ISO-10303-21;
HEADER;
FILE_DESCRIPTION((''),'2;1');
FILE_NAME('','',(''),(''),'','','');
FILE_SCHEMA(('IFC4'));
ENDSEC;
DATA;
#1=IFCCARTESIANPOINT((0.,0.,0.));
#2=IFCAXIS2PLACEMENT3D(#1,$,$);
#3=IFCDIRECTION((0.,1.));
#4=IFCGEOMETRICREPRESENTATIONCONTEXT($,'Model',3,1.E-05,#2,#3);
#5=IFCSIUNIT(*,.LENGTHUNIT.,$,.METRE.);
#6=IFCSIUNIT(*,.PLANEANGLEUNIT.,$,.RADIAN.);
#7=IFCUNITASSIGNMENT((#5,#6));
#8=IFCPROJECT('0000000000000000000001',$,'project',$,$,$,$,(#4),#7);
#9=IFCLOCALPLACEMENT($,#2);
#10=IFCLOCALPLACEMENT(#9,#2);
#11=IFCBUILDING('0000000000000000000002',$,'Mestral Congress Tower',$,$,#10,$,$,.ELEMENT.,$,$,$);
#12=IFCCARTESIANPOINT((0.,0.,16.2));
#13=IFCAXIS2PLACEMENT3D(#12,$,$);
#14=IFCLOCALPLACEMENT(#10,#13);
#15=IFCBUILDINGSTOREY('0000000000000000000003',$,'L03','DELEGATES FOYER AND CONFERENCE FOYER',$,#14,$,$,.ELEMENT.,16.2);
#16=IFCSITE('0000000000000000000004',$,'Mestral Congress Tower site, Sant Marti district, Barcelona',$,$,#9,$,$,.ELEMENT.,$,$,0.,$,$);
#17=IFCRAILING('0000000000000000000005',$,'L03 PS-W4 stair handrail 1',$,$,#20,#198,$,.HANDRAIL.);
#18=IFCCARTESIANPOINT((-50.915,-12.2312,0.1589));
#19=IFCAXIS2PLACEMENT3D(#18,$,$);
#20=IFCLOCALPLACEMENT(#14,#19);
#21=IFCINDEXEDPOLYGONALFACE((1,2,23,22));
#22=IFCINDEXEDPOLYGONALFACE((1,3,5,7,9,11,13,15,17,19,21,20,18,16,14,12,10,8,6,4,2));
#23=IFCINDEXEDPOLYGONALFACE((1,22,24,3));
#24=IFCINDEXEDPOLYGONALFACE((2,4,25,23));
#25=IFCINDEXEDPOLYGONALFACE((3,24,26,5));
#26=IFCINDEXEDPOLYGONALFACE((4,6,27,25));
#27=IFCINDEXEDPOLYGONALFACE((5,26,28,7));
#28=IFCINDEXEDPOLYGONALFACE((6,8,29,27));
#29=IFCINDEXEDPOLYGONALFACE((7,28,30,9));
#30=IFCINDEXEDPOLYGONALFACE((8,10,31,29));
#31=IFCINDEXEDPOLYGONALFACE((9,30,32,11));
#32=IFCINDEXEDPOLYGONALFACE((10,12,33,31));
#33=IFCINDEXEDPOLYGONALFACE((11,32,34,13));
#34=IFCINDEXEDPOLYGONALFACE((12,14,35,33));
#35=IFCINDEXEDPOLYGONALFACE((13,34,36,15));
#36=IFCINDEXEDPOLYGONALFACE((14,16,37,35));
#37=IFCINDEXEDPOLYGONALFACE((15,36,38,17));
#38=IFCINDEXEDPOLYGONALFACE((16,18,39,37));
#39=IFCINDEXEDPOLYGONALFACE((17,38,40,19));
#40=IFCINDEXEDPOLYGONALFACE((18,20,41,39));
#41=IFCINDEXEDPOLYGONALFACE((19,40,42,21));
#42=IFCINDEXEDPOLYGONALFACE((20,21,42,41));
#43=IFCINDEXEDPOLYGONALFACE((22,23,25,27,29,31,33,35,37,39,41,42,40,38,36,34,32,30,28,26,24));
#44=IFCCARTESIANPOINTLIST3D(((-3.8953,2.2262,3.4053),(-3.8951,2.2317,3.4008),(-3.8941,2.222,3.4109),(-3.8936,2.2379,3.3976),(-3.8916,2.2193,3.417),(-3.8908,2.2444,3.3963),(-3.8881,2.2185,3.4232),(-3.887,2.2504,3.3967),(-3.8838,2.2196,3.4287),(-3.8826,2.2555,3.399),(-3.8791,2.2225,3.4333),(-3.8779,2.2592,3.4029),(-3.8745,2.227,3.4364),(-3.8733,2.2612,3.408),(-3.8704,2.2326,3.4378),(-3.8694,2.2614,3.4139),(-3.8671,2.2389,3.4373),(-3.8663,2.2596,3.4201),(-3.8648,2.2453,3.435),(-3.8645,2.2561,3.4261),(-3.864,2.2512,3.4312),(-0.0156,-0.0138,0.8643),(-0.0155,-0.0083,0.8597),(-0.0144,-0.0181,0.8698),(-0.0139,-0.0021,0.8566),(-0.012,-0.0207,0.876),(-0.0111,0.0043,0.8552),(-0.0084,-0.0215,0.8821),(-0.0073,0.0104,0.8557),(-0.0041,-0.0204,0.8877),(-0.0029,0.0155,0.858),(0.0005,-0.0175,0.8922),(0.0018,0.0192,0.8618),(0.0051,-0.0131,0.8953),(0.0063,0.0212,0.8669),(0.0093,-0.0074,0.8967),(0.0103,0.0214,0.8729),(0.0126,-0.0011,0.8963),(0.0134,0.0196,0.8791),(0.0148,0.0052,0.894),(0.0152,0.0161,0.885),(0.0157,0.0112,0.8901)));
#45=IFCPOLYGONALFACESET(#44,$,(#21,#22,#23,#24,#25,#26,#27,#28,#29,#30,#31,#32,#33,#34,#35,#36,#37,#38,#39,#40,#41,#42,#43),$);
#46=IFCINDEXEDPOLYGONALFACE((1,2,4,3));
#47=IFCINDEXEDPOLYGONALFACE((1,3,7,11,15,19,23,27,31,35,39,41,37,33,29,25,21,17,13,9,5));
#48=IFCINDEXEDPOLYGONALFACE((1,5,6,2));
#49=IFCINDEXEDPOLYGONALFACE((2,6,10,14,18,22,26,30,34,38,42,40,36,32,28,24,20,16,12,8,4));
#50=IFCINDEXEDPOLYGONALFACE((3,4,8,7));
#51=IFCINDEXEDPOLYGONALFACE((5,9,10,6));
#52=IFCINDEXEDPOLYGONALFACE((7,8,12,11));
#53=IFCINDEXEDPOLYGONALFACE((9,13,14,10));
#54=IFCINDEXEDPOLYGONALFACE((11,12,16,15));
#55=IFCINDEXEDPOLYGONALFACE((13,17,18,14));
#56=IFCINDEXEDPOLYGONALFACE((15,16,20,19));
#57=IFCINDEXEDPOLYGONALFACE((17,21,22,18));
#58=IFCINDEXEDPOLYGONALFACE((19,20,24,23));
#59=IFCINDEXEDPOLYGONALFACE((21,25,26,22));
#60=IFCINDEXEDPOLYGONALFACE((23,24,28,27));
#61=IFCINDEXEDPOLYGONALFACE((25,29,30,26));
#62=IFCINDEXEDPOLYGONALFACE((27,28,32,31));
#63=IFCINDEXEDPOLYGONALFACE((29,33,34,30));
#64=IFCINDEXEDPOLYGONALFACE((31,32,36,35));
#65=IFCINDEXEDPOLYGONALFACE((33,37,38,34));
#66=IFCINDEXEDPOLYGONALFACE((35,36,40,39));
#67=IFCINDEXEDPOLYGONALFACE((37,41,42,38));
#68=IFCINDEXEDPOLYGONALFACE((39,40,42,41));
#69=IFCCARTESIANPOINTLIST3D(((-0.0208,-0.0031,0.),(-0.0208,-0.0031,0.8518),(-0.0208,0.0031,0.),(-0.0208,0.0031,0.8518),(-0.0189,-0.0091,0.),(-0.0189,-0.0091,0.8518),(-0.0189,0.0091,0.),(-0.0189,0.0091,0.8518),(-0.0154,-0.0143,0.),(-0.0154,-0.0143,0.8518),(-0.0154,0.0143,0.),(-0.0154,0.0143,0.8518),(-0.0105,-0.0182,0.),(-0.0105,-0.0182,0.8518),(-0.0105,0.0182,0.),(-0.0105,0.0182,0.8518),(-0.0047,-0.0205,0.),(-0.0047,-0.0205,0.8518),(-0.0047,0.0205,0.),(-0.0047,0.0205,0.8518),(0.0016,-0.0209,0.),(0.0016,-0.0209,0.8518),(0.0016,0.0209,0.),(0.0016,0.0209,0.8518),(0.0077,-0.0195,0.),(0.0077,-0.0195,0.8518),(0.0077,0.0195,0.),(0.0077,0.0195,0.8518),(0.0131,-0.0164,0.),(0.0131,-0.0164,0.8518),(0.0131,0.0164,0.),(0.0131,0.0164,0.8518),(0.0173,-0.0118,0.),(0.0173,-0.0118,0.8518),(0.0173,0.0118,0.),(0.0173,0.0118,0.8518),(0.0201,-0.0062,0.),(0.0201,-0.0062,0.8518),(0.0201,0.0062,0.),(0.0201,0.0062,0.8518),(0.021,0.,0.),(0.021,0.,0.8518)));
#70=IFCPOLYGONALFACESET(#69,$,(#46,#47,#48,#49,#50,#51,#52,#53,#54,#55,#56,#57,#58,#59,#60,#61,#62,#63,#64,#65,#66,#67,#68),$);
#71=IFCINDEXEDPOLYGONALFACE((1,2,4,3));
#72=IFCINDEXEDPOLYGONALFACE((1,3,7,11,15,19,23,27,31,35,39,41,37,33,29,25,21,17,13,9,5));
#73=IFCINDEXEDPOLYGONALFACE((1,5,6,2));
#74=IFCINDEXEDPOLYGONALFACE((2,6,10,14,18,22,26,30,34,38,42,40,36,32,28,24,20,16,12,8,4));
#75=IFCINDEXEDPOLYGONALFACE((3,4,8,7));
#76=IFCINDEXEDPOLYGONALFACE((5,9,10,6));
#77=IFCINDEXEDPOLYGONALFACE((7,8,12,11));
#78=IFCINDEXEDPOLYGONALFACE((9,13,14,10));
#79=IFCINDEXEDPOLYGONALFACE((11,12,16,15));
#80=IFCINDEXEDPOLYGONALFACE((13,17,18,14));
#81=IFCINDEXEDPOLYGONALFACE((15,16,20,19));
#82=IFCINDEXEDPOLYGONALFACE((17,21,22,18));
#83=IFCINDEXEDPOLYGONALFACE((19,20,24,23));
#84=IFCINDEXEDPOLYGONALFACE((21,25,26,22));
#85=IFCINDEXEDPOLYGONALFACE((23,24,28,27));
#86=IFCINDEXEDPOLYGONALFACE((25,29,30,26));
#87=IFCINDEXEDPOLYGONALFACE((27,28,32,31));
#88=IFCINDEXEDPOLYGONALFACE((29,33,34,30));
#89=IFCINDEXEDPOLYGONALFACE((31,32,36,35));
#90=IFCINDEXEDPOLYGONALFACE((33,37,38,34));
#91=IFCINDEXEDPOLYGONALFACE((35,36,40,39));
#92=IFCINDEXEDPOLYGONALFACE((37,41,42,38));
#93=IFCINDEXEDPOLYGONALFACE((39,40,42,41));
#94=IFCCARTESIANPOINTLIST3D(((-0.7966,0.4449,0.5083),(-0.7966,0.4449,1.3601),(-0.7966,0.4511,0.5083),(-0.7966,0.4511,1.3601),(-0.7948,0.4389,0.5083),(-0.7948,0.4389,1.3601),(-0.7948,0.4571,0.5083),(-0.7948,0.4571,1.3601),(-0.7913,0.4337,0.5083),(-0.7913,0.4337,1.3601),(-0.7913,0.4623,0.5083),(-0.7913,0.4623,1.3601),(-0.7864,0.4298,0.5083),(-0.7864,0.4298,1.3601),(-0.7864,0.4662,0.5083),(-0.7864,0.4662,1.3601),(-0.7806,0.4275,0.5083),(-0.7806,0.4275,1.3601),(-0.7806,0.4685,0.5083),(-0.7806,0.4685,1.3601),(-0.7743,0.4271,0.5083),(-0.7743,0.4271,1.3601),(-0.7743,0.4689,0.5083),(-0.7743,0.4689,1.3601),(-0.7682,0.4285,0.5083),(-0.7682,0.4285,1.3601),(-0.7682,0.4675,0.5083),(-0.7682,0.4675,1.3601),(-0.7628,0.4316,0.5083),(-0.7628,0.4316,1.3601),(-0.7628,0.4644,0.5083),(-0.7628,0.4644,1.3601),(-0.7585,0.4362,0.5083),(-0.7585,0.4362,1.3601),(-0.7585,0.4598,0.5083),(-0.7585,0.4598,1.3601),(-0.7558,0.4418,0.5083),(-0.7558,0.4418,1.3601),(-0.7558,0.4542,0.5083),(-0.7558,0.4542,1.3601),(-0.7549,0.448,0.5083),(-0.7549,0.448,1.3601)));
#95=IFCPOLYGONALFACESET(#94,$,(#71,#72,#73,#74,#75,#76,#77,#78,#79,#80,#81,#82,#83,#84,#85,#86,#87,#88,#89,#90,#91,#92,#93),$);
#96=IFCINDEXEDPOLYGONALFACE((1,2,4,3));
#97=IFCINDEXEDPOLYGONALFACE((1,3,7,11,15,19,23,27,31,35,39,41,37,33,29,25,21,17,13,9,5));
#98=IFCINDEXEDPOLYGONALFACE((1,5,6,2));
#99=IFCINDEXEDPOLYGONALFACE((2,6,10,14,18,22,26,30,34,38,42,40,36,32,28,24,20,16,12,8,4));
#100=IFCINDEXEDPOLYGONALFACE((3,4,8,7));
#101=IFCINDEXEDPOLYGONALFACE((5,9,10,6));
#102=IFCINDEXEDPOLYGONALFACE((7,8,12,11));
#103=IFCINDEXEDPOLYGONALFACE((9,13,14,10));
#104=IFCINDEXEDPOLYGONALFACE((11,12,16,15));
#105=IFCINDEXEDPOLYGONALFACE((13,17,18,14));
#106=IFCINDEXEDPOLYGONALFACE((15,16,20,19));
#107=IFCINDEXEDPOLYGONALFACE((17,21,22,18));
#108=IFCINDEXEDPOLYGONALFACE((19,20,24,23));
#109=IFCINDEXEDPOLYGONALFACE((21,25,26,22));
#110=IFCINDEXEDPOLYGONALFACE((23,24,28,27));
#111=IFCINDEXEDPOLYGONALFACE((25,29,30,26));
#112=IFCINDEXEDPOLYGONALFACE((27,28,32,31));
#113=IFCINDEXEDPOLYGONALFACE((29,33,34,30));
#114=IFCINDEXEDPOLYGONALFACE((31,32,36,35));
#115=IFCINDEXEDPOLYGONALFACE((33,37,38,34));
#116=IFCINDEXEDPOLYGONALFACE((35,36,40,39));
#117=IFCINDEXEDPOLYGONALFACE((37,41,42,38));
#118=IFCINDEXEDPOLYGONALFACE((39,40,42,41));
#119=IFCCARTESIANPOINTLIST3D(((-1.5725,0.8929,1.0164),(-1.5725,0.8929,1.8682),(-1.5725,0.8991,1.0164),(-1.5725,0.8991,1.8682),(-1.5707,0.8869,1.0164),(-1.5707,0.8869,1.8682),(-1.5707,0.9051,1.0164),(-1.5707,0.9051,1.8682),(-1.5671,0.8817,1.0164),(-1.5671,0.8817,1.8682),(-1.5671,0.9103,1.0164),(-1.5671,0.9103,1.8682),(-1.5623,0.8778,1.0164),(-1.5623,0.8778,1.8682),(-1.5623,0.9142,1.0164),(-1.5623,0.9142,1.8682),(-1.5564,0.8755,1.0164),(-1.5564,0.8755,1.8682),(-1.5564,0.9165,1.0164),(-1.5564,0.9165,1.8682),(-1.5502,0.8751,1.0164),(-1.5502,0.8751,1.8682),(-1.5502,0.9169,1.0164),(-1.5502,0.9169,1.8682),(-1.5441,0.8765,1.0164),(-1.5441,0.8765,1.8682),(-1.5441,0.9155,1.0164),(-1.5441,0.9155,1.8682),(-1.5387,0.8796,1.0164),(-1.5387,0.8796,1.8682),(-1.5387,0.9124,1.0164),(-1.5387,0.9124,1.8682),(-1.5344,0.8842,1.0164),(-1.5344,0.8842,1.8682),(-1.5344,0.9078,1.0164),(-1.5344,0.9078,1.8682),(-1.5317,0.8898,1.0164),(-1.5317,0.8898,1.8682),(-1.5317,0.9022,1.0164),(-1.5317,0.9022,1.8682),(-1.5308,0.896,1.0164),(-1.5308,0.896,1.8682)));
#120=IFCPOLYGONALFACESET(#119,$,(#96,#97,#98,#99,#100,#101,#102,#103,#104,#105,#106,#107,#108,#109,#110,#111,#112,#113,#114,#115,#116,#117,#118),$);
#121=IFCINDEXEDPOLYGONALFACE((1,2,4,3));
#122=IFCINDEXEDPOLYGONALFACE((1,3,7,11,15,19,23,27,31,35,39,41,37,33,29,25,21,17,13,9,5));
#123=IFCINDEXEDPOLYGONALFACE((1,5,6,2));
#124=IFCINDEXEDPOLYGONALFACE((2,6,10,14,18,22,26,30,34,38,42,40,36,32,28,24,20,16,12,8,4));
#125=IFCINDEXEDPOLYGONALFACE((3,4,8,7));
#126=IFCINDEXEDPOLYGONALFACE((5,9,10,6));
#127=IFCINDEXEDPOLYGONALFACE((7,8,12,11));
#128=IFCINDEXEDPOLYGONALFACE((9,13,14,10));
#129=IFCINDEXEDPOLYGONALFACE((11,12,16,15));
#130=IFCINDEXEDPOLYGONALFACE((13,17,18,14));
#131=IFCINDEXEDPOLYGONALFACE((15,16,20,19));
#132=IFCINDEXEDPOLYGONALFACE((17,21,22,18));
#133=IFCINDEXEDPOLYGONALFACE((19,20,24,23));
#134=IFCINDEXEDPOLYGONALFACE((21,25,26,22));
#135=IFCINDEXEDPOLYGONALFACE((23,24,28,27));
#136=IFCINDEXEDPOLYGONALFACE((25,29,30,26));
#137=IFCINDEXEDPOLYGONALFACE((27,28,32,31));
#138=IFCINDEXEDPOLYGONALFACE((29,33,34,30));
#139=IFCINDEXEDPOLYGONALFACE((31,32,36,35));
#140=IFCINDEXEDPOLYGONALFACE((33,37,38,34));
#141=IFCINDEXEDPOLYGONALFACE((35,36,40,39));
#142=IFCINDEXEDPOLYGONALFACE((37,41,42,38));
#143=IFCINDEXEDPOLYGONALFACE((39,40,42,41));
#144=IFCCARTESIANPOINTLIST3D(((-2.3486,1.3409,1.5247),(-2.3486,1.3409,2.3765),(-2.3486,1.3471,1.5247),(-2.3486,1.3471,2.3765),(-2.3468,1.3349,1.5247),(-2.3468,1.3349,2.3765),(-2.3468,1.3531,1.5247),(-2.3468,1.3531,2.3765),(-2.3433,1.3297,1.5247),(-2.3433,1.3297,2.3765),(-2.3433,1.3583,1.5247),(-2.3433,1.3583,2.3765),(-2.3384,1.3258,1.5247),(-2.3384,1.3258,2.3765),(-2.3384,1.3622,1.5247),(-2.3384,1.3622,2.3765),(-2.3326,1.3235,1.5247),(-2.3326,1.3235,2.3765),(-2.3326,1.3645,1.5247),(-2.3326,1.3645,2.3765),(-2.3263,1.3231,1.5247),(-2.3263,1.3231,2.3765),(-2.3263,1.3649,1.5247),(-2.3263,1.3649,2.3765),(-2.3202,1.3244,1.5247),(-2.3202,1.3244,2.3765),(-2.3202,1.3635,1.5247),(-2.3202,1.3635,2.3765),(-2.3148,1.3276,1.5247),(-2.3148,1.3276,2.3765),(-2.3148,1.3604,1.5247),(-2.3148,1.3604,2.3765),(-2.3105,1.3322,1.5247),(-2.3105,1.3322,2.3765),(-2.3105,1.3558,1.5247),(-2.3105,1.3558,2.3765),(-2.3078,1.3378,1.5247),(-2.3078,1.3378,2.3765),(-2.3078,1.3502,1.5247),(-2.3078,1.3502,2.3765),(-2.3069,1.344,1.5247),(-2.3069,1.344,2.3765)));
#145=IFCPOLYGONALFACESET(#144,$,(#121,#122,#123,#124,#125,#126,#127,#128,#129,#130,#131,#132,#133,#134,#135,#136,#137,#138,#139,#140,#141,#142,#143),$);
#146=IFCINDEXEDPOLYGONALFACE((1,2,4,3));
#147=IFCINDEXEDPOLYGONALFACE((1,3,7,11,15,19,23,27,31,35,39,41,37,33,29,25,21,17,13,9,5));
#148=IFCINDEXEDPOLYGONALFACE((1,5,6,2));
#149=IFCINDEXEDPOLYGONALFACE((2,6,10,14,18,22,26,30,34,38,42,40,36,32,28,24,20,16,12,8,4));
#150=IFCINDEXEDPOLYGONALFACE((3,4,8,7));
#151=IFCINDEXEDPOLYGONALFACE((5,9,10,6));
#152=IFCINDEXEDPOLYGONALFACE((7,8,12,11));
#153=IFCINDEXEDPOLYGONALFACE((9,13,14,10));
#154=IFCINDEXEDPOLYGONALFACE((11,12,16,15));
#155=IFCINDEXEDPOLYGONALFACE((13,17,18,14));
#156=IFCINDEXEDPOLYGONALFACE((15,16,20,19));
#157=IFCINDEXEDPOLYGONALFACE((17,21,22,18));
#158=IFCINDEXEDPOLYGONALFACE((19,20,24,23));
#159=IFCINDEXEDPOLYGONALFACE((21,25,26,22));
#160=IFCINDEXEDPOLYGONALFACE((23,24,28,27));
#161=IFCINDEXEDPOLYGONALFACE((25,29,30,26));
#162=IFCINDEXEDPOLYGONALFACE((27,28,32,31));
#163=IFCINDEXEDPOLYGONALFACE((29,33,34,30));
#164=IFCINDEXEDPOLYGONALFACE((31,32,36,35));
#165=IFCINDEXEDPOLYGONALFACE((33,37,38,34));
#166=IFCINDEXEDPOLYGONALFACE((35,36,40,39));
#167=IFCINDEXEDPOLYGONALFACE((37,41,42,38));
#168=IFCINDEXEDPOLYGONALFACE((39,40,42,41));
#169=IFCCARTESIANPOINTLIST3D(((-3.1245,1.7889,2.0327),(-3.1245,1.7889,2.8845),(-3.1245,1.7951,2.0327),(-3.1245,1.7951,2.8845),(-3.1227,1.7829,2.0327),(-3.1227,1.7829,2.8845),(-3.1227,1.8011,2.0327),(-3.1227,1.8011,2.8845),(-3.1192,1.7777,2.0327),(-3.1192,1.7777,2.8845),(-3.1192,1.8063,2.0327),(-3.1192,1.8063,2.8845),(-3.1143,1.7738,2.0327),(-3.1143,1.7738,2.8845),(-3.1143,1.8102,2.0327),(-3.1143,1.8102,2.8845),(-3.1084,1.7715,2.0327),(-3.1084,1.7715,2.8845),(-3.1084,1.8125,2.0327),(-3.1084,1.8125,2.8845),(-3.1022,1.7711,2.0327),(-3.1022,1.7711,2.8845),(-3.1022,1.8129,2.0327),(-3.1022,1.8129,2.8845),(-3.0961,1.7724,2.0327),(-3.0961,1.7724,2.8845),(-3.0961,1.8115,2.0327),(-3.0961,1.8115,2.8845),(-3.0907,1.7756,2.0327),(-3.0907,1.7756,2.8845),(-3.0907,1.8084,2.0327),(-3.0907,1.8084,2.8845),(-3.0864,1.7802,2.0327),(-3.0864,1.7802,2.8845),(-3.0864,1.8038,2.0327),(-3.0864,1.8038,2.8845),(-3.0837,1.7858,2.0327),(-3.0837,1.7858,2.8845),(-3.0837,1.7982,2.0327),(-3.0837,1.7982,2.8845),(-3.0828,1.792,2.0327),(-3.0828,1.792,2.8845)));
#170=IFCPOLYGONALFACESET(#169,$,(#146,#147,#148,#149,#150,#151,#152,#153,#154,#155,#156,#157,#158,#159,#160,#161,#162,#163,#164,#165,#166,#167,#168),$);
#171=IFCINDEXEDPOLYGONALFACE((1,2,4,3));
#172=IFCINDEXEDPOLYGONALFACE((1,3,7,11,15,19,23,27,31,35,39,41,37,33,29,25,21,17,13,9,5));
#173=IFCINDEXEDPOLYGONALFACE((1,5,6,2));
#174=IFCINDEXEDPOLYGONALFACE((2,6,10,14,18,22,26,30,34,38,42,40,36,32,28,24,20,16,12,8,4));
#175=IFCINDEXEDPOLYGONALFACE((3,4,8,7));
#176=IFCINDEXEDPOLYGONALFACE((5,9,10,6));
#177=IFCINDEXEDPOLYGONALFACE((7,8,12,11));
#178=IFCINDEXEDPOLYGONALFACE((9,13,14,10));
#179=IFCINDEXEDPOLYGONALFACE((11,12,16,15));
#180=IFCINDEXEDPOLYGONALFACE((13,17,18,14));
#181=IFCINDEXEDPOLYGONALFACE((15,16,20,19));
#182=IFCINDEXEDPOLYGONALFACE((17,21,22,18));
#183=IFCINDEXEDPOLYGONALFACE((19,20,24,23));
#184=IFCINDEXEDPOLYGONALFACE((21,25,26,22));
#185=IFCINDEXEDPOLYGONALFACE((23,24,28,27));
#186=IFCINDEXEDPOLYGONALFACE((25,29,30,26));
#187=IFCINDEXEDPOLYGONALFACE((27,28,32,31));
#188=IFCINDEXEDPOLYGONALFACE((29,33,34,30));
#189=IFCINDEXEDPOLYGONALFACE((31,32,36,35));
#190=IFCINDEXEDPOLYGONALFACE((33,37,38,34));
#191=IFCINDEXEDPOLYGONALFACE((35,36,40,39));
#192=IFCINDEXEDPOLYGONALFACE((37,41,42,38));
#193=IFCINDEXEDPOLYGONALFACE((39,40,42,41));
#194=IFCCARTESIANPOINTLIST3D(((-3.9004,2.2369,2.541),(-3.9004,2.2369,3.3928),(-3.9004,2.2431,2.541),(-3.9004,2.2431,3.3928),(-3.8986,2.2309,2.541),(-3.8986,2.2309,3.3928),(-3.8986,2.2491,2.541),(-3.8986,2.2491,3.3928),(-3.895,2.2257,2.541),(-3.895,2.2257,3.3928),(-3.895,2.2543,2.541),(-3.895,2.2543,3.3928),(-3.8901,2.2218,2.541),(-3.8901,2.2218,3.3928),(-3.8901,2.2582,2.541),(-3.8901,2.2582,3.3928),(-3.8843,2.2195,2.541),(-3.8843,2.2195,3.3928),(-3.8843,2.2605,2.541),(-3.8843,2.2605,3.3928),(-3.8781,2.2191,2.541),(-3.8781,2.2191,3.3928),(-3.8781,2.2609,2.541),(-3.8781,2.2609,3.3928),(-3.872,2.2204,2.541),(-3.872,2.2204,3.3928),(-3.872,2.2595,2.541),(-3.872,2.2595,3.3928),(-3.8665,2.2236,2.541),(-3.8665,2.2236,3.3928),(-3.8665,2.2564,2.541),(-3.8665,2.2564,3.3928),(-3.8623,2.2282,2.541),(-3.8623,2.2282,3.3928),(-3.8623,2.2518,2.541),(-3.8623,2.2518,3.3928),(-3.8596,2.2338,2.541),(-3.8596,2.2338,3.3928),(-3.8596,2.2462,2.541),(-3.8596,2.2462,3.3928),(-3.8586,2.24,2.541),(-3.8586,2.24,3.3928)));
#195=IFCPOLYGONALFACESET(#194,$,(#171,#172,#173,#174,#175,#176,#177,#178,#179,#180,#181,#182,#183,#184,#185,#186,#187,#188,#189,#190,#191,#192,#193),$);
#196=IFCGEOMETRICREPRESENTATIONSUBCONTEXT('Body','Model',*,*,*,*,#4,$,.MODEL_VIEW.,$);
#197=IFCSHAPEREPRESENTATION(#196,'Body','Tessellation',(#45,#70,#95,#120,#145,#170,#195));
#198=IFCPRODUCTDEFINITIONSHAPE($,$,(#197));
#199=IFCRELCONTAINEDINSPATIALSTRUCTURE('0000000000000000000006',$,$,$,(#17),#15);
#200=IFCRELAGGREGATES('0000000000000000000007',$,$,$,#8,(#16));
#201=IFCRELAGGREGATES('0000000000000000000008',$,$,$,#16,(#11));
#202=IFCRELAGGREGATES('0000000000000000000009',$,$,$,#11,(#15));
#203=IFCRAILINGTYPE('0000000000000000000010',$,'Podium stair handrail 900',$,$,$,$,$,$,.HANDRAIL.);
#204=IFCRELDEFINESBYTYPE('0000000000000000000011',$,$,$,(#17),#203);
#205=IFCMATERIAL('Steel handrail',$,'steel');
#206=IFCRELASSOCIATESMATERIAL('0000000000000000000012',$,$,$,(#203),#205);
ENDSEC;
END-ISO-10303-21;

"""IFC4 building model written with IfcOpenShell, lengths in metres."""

from ifc_helpers import new_model, si_unit, direction, frame, origin, origin_2d, place, context, subcontext, project, spatial, circle, extrude, material, type_object, element, save


model = new_model("IFC4")

# Units and contexts
model_context = context("Model", 3, precision=1e-05, world=origin(), true_north=direction((0.0, 1.0)))
body_context = subcontext(model_context, "Body", "Model", "MODEL_VIEW")
ifc_project = project(units=[si_unit("LENGTHUNIT", "METRE"), si_unit("PLANEANGLEUNIT", "RADIAN")], contexts=[model_context])

# Site, building, storey
site_placement = place(None, origin())
site = spatial("IfcSite", under=ifc_project, at=site_placement, Name="Mestral Congress Tower site, Sant Marti district, Barcelona", CompositionType="ELEMENT", RefElevation=0.0)
building_placement = place(site_placement, origin())
building = spatial("IfcBuilding", under=site, at=building_placement, Name="Mestral Congress Tower", CompositionType="ELEMENT")
storey_placement = place(building_placement, frame((0.0, 0.0, 16.2)))
storey = spatial("IfcBuildingStorey", under=building, at=storey_placement, Name="L03", Description="DELEGATES FOYER AND CONFERENCE FOYER", CompositionType="ELEMENT", Elevation=16.2)

# Railing
ifc_material_1 = material(Name="Steel handrail", Category="steel")
railing_type_1 = type_object("IfcRailingType", Name="Podium stair handrail 900", PredefinedType="HANDRAIL", material=ifc_material_1)
railing_1_placement = place(storey_placement, frame((-50.915, -12.2312, 0.1589)))
element("IfcRailing", 1, at=railing_1_placement, inside=storey, type_object=railing_type_1, Name="L03 PS-W4 stair handrail 1", PredefinedType="HANDRAIL", context=body_context, shape_type="SweptSolid", body=[
    extrude(circle(Radius=0.0239, at=origin_2d()), frame((0.0, 0.0, 0.876), z_axis=(-0.753279, 0.434922, 0.493369), x_axis=(-0.500013, -0.866018, 0.0)), (0.0, 0.0, 1.0), 5.1504),
    extrude(circle(Radius=0.021, at=origin_2d()), origin(), (0.0, 0.0, 1.0), 0.8518),
    extrude(circle(Radius=0.021, at=origin_2d()), frame((-0.7759, 0.448, 0.5083)), (0.0, 0.0, 1.0), 0.8518),
    extrude(circle(Radius=0.021, at=origin_2d()), frame((-1.5518, 0.896, 1.0164)), (0.0, 0.0, 1.0), 0.8518),
    extrude(circle(Radius=0.021, at=origin_2d()), frame((-2.3279, 1.344, 1.5247)), (0.0, 0.0, 1.0), 0.8518),
    extrude(circle(Radius=0.021, at=origin_2d()), frame((-3.1038, 1.792, 2.0327)), (0.0, 0.0, 1.0), 0.8518),
    extrude(circle(Radius=0.021, at=origin_2d()), frame((-3.8796, 2.24, 2.541)), (0.0, 0.0, 1.0), 0.8518),
])

save(model, "model.ifc")
